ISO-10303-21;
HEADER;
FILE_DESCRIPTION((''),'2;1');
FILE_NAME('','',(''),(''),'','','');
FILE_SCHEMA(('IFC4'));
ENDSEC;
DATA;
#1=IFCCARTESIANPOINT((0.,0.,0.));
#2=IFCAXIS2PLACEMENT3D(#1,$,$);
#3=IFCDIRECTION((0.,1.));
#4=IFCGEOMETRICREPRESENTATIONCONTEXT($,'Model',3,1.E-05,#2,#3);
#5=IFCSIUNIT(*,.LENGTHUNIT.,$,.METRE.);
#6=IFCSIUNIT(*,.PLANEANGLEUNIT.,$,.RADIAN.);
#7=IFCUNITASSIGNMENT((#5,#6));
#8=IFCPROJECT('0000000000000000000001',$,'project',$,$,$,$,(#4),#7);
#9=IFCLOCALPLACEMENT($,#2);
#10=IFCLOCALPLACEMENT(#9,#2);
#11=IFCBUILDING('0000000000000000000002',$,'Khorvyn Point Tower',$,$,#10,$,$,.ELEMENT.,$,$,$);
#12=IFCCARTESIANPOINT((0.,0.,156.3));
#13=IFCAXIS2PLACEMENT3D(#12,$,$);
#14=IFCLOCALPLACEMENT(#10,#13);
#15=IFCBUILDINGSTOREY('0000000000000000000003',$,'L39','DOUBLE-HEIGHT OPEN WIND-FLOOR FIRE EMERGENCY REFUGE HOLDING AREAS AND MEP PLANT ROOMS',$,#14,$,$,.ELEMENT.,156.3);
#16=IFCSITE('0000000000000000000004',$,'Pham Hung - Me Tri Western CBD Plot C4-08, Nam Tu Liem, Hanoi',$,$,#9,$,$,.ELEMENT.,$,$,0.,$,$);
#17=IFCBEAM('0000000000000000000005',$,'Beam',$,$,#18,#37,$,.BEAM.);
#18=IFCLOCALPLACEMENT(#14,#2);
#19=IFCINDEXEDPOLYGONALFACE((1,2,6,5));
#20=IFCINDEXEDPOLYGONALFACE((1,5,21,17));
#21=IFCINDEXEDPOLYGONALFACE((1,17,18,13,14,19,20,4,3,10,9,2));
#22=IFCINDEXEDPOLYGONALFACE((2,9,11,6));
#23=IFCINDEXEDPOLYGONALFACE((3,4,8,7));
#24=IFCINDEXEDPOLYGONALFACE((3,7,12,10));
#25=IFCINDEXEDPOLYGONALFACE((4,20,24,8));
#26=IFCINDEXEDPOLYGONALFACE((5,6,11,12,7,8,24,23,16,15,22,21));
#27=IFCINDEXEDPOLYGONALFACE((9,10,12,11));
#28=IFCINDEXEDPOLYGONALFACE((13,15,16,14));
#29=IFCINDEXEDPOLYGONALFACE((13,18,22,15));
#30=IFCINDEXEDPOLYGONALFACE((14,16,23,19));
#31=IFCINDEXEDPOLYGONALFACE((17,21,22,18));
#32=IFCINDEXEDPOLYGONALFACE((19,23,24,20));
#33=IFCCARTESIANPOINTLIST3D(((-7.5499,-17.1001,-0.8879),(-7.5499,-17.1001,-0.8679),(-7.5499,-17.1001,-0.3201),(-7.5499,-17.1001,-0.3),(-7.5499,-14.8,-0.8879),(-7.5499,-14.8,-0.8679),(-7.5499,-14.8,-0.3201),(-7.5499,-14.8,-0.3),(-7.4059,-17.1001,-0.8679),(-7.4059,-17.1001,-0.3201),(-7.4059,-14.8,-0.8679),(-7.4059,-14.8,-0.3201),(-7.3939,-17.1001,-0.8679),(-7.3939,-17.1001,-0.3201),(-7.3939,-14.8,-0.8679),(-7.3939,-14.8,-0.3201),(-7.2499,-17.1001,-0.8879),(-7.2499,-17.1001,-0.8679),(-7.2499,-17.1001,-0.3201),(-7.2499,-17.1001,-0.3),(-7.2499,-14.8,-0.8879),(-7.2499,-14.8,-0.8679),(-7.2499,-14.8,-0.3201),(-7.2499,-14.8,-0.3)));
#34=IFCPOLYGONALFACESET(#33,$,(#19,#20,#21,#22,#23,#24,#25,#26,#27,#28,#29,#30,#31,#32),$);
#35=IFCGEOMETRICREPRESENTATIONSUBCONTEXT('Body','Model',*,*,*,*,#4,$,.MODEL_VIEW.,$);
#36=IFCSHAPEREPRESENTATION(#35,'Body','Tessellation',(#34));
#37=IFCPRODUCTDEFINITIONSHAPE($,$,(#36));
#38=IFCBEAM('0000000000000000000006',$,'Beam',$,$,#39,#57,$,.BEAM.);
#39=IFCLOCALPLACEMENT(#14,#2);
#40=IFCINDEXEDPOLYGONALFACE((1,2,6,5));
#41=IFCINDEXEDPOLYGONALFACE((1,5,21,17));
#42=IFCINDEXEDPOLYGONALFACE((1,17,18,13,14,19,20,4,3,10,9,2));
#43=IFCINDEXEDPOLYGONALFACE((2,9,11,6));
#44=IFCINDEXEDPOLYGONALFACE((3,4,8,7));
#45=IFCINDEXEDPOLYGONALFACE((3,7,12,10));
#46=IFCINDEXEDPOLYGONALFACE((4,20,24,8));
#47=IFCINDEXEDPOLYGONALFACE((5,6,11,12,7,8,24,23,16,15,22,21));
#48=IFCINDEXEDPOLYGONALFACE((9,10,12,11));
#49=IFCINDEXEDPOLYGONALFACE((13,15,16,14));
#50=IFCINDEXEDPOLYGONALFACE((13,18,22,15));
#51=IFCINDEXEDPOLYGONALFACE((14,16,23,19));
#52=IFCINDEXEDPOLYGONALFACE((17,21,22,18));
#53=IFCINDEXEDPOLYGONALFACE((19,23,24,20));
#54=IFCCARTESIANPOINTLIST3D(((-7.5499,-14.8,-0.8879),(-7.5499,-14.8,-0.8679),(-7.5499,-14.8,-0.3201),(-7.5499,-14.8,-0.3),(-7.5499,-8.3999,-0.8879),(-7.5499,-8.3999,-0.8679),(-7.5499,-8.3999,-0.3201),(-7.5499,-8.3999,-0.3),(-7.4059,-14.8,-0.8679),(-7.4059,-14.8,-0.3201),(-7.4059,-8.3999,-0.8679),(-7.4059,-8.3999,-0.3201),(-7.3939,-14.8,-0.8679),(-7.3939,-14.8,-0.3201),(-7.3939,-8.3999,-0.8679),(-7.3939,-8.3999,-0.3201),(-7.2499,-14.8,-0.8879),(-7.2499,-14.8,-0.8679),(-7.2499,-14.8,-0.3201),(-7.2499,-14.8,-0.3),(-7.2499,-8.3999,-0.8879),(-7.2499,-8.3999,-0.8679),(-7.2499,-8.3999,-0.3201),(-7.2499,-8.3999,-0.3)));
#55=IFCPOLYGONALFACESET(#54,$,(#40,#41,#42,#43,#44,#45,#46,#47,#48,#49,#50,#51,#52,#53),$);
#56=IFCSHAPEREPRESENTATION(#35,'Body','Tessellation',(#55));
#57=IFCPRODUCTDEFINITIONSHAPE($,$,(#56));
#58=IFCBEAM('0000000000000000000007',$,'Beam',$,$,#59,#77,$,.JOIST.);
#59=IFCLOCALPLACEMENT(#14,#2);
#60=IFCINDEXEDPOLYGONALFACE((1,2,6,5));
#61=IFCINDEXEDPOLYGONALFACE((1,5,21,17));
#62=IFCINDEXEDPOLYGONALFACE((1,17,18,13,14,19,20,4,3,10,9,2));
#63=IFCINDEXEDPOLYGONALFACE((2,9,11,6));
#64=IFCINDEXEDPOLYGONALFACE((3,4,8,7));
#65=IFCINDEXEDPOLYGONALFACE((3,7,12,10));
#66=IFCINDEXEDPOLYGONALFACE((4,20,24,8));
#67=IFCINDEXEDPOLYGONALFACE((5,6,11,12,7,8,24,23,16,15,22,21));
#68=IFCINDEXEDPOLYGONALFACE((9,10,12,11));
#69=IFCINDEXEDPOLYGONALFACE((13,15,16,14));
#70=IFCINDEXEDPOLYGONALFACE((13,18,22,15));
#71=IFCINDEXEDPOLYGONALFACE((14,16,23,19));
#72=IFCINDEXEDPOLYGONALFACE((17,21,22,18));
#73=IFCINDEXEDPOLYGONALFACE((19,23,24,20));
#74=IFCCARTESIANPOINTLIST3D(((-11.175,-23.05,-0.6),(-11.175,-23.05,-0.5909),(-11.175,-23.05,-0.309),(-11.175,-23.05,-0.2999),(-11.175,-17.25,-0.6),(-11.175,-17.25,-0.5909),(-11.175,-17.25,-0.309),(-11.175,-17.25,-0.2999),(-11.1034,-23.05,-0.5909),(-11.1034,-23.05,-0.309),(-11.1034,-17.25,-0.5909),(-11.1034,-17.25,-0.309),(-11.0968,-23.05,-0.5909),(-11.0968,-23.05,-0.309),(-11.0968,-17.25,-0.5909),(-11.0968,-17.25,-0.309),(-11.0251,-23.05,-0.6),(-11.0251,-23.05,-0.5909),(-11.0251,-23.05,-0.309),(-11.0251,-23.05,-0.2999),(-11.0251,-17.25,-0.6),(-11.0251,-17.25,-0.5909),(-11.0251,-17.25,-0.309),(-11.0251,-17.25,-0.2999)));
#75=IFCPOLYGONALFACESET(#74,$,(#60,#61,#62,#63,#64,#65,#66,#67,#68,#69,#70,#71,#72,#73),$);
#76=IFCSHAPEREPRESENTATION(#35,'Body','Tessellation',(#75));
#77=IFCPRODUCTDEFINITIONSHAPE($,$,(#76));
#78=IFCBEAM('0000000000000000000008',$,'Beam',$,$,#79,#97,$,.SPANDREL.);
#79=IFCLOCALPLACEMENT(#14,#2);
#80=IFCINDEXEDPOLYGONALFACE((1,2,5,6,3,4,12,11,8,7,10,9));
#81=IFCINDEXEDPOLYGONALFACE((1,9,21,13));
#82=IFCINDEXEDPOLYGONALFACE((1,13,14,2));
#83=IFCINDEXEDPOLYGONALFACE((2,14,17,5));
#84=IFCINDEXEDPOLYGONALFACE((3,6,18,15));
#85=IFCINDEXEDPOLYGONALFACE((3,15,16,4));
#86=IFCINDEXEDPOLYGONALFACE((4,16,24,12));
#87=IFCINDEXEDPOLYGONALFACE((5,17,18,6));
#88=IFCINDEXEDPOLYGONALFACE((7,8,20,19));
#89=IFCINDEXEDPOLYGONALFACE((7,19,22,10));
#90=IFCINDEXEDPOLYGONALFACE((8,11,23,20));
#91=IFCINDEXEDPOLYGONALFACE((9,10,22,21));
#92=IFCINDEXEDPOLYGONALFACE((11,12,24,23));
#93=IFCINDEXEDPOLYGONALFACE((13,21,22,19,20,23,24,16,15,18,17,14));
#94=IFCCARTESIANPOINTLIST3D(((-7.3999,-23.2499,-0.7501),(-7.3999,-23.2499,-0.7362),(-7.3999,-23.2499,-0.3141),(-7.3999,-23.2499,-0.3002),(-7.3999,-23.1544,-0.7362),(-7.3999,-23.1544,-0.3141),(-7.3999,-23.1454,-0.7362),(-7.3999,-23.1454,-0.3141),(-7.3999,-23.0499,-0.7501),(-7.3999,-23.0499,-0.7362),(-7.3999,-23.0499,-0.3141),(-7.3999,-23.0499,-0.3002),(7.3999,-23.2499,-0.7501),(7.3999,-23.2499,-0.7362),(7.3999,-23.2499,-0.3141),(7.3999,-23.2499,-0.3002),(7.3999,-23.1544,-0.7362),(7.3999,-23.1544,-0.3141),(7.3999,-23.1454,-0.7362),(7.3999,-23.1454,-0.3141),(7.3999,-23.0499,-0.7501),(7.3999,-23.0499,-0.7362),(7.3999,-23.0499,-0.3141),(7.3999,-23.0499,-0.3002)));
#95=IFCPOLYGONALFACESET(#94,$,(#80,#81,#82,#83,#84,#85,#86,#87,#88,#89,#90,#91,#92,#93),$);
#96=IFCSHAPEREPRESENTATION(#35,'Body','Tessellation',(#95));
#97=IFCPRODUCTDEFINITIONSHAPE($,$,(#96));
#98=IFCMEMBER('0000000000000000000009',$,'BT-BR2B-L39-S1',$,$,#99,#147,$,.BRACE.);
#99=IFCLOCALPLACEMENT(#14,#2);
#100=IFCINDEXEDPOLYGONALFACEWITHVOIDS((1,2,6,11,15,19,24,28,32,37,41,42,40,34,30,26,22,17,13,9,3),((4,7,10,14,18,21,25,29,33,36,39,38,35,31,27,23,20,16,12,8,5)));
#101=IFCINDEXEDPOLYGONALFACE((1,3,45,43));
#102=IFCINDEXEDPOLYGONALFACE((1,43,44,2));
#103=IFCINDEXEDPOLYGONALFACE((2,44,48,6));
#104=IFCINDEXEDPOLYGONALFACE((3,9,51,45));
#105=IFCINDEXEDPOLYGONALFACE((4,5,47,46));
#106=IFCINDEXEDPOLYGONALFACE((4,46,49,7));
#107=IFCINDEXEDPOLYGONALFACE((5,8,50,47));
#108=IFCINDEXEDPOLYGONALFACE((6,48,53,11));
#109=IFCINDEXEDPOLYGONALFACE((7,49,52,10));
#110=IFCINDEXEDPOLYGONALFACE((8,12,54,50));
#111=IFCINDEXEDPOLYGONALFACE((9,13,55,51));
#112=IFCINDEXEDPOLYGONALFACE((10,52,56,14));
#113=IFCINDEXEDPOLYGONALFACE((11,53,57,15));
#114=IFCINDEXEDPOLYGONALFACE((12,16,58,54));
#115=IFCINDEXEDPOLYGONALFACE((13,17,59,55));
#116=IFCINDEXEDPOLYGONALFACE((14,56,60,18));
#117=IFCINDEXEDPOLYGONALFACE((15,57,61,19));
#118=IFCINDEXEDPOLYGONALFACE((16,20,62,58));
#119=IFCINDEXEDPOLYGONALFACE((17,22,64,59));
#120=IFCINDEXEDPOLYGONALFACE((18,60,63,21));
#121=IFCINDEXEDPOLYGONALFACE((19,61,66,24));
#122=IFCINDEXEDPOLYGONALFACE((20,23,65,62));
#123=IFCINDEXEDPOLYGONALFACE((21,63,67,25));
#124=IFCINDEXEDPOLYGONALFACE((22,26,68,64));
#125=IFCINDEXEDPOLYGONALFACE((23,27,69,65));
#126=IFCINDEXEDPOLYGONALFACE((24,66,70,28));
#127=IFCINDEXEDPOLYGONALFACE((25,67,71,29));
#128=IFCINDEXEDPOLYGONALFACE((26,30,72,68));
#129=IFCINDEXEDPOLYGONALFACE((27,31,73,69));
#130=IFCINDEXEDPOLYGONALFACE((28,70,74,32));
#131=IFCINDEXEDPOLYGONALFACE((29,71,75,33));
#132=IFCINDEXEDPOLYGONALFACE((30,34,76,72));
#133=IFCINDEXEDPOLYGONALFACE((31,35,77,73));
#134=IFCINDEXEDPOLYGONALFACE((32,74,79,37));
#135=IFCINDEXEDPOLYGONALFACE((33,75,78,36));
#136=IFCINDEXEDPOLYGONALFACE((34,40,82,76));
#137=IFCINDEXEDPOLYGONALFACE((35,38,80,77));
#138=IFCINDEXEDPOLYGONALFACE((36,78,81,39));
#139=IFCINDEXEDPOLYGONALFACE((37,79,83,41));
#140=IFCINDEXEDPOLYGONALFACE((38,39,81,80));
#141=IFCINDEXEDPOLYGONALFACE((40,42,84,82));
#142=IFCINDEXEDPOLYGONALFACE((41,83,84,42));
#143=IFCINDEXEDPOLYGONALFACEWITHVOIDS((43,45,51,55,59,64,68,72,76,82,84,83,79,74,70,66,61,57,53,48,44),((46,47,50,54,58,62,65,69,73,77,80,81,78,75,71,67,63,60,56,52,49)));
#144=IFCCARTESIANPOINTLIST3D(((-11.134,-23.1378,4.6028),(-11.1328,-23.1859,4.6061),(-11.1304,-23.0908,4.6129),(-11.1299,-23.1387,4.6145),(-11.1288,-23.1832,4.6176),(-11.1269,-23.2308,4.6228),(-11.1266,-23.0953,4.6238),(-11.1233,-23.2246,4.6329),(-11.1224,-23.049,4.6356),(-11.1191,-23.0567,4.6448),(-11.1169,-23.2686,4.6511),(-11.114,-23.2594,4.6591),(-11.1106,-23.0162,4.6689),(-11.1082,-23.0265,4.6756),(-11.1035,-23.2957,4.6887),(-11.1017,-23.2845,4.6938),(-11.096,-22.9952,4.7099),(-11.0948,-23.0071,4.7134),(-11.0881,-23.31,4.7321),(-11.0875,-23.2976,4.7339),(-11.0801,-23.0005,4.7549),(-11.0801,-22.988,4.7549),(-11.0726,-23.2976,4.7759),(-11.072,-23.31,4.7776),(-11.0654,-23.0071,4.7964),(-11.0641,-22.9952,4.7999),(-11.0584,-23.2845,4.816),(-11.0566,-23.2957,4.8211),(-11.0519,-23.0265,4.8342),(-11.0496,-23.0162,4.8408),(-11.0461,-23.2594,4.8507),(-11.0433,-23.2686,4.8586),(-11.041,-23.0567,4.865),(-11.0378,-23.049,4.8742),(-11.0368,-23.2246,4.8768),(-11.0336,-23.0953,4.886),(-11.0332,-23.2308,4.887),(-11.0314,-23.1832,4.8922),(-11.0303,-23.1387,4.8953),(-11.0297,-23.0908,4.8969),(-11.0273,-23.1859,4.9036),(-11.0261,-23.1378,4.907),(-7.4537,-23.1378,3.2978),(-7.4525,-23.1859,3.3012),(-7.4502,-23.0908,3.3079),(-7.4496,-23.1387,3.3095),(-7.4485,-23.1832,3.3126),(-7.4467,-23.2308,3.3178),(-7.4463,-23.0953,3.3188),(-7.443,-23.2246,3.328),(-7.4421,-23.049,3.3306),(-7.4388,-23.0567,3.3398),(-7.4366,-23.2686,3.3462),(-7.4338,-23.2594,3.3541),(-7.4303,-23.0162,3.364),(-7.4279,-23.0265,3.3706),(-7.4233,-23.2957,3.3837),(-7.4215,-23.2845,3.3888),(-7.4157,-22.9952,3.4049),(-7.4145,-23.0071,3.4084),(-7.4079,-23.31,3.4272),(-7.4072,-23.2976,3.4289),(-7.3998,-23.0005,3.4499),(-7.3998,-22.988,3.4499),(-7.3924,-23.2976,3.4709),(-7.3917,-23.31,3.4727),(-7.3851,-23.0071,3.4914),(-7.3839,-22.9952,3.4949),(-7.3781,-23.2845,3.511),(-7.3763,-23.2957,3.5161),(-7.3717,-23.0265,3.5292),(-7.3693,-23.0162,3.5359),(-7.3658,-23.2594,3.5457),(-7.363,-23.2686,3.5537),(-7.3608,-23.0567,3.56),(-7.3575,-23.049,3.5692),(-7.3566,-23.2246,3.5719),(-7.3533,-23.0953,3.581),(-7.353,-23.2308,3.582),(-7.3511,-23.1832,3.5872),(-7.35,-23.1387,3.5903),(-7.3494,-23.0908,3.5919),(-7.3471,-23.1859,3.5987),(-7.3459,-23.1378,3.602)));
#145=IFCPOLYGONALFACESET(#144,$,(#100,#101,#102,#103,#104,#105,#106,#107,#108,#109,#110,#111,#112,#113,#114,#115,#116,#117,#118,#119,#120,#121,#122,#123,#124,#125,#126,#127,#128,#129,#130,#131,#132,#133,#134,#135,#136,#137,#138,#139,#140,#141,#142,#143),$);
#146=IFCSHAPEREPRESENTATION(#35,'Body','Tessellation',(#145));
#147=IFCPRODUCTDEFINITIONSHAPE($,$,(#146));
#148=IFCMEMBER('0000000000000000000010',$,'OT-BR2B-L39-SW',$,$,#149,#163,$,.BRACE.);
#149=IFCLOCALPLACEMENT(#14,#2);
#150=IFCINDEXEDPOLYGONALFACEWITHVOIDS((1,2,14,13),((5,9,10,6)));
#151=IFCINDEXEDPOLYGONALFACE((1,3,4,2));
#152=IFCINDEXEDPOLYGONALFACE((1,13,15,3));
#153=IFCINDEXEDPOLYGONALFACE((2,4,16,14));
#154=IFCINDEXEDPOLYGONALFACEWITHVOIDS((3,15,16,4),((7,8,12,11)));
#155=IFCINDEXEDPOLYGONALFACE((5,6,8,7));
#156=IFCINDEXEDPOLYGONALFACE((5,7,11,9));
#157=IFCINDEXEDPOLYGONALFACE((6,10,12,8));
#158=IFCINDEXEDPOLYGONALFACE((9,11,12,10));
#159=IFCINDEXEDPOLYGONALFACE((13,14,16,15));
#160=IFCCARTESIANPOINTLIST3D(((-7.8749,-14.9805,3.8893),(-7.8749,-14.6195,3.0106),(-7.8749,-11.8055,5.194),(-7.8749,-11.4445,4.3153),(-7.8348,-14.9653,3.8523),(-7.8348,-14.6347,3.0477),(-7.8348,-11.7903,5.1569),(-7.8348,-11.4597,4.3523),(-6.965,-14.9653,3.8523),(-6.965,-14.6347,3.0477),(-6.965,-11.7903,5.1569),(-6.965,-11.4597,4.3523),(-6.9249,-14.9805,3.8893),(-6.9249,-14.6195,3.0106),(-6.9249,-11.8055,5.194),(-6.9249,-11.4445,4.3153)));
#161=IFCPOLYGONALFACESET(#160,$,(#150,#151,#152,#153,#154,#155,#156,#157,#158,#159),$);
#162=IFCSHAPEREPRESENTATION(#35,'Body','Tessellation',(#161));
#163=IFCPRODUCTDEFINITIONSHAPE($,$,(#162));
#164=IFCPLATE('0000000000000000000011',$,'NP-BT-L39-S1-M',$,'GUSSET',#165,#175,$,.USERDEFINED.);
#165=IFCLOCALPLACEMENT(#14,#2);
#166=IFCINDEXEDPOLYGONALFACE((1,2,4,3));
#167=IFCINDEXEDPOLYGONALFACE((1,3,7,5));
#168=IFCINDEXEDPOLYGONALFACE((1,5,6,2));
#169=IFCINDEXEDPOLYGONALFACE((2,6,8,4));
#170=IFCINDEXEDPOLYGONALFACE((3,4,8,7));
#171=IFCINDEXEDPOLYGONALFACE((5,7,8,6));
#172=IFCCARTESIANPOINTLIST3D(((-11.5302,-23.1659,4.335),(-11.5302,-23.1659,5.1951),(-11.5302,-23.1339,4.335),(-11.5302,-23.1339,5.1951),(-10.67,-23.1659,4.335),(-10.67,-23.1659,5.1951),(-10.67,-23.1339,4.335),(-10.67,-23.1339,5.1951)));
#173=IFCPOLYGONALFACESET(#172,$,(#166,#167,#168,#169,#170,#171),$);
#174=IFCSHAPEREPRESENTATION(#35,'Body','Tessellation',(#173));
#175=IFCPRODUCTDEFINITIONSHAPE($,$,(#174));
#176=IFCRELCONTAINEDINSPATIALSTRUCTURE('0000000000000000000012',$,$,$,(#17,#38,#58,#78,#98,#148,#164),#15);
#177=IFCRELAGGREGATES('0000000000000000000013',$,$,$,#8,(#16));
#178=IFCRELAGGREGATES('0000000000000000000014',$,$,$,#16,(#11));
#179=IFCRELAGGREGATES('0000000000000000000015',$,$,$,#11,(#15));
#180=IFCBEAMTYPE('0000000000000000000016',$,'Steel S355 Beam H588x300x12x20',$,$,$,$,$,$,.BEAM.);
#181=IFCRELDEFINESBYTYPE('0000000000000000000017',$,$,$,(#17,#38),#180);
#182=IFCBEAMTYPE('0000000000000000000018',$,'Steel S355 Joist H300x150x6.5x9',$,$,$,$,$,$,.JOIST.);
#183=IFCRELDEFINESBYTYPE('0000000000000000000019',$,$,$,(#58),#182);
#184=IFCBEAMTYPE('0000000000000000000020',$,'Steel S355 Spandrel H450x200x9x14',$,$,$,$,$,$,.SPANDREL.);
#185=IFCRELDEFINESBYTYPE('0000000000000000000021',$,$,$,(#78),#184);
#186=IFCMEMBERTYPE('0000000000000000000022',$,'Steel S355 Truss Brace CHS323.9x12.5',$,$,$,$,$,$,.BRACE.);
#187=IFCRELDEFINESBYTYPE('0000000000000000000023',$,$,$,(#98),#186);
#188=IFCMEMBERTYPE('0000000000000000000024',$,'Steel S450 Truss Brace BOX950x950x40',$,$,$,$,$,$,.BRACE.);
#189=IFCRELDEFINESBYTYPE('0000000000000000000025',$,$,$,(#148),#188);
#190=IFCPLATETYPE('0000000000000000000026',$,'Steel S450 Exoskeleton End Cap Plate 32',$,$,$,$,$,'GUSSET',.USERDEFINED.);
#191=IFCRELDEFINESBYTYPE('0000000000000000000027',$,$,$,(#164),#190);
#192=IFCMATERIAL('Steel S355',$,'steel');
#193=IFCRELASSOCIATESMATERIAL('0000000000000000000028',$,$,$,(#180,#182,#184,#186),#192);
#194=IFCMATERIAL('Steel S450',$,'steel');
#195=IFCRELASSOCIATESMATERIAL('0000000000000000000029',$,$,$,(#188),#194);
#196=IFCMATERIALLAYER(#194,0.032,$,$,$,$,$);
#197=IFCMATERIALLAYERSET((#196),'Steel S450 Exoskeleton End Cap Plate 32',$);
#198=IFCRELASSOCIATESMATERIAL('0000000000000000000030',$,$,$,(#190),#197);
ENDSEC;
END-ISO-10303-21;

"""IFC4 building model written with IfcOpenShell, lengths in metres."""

from ifc_helpers import new_model, si_unit, direction, frame, origin, origin_2d, place, context, subcontext, project, spatial, rectangle, hollow_rectangle, hollow_circle, i_section, extrude, material, layer, layer_set, material_profile, profile_set, type_object, element, save


model = new_model("IFC4")

# Units and contexts
model_context = context("Model", 3, precision=1e-05, world=origin(), true_north=direction((0.0, 1.0)))
body_context = subcontext(model_context, "Body", "Model", "MODEL_VIEW")
ifc_project = project(units=[si_unit("LENGTHUNIT", "METRE"), si_unit("PLANEANGLEUNIT", "RADIAN")], contexts=[model_context])

# Site, building, storey
site_placement = place(None, origin())
site = spatial("IfcSite", under=ifc_project, at=site_placement, Name="Pham Hung - Me Tri Western CBD Plot C4-08, Nam Tu Liem, Hanoi", CompositionType="ELEMENT", RefElevation=0.0)
building_placement = place(site_placement, origin())
building = spatial("IfcBuilding", under=site, at=building_placement, Name="Khorvyn Point Tower", CompositionType="ELEMENT")
storey_placement = place(building_placement, frame((0.0, 0.0, 156.3)))
storey = spatial("IfcBuildingStorey", under=building, at=storey_placement, Name="L39", Description="DOUBLE-HEIGHT OPEN WIND-FLOOR FIRE EMERGENCY REFUGE HOLDING AREAS AND MEP PLANT ROOMS", CompositionType="ELEMENT", Elevation=156.3)

# Shared definitions
ifc_material_1 = material(Name="Steel S450", Category="steel")

# Beams
ifc_material_2 = material(Name="Steel S355", Category="steel")
ifc_material_profile_1 = material_profile(ifc_material_2, i_section(OverallWidth=0.3, OverallDepth=0.5879, WebThickness=0.012, FlangeThickness=0.02, at=origin_2d()))
ifc_profile_set_1 = profile_set([ifc_material_profile_1], Name="Steel S355 H588x300x12x20")
beam_type_1 = type_object("IfcBeamType", Name="Steel S355 Beam H588x300x12x20", PredefinedType="BEAM", material=ifc_profile_set_1)
beam_1_placement = place(storey_placement, frame((-7.3999, -17.1001, -0.594), z_axis=(0.0, 1.0, 0.0), x_axis=(-1.0, 0.0, 0.0)))
element("IfcBeam", 1, at=beam_1_placement, inside=storey, type_object=beam_type_1, Name="Beam", PredefinedType="BEAM", context=body_context, shape_type="SweptSolid", body=[
    extrude(i_section(OverallWidth=0.3, OverallDepth=0.5879, WebThickness=0.012, FlangeThickness=0.02, at=origin_2d()), origin(), (0.0, 0.0, 1.0), 2.3),
])
beam_2_placement = place(storey_placement, frame((-7.3999, -14.8, -0.594), z_axis=(0.0, 1.0, 0.0), x_axis=(-1.0, 0.0, 0.0)))
element("IfcBeam", 2, at=beam_2_placement, inside=storey, type_object=beam_type_1, Name="Beam", PredefinedType="BEAM", context=body_context, shape_type="SweptSolid", body=[
    extrude(i_section(OverallWidth=0.3, OverallDepth=0.5879, WebThickness=0.012, FlangeThickness=0.02, at=origin_2d()), origin(), (0.0, 0.0, 1.0), 6.4001),
])
ifc_material_profile_2 = material_profile(ifc_material_2, i_section(OverallWidth=0.1499, OverallDepth=0.3, WebThickness=0.0066, FlangeThickness=0.009, at=origin_2d()))
ifc_profile_set_2 = profile_set([ifc_material_profile_2], Name="Steel S355 H300x150x6.5x9")
beam_type_2 = type_object("IfcBeamType", Name="Steel S355 Joist H300x150x6.5x9", PredefinedType="JOIST", material=ifc_profile_set_2)
beam_3_placement = place(storey_placement, frame((-11.1001, -23.05, -0.45), z_axis=(0.0, 1.0, 0.0), x_axis=(-1.0, 0.0, 0.0)))
element("IfcBeam", 3, at=beam_3_placement, inside=storey, type_object=beam_type_2, Name="Beam", PredefinedType="JOIST", context=body_context, shape_type="SweptSolid", body=[
    extrude(i_section(OverallWidth=0.1499, OverallDepth=0.3, WebThickness=0.0066, FlangeThickness=0.009, at=origin_2d()), origin(), (0.0, 0.0, 1.0), 5.8),
])
ifc_material_profile_3 = material_profile(ifc_material_2, i_section(OverallWidth=0.2, OverallDepth=0.45, WebThickness=0.009, FlangeThickness=0.0139, at=origin_2d()))
ifc_profile_set_3 = profile_set([ifc_material_profile_3], Name="Steel S355 H450x200x9x14")
beam_type_3 = type_object("IfcBeamType", Name="Steel S355 Spandrel H450x200x9x14", PredefinedType="SPANDREL", material=ifc_profile_set_3)
beam_4_placement = place(storey_placement, frame((-7.3999, -23.1499, -0.5251), z_axis=(1.0, 0.0, 0.0), x_axis=(0.0, 1.0, 0.0)))
element("IfcBeam", 4, at=beam_4_placement, inside=storey, type_object=beam_type_3, Name="Beam", PredefinedType="SPANDREL", context=body_context, shape_type="SweptSolid", body=[
    extrude(i_section(OverallWidth=0.2, OverallDepth=0.45, WebThickness=0.009, FlangeThickness=0.0139, at=origin_2d()), origin(), (0.0, 0.0, 1.0), 14.7998),
])

# Members
ifc_material_profile_4 = material_profile(ifc_material_2, hollow_circle(Radius=0.1619, WallThickness=0.0125, at=origin_2d()))
ifc_profile_set_4 = profile_set([ifc_material_profile_4], Name="Steel S355 CHS323.9x12.5")
member_type_1 = type_object("IfcMemberType", Name="Steel S355 Truss Brace CHS323.9x12.5", PredefinedType="BRACE", material=ifc_profile_set_4)
member_1_placement = place(storey_placement, frame((-11.0801, -23.1499, 4.7549), z_axis=(0.942503, 0.0, -0.334197), x_axis=(0.0, 1.0, 0.0)))
element("IfcMember", 5, at=member_1_placement, inside=storey, type_object=member_type_1, Name="BT-BR2B-L39-S1", PredefinedType="BRACE", context=body_context, shape_type="SweptSolid", body=[
    extrude(hollow_circle(Radius=0.1619, WallThickness=0.0125, at=origin_2d()), origin(), (0.0, 0.0, 1.0), 3.9048),
])
ifc_material_profile_5 = material_profile(ifc_material_1, hollow_rectangle(XDim=0.95, YDim=0.95, WallThickness=0.04, at=origin_2d()))
ifc_profile_set_5 = profile_set([ifc_material_profile_5], Name="Steel S450 BOX950x950x40")
member_type_2 = type_object("IfcMemberType", Name="Steel S450 Truss Brace BOX950x950x40", PredefinedType="BRACE", material=ifc_profile_set_5)
member_2_placement = place(storey_placement, frame((-7.3999, -11.625, 4.7546), z_axis=(0.0, -0.924953, -0.380081), x_axis=(1.0, 0.0, 0.0)))
element("IfcMember", 6, at=member_2_placement, inside=storey, type_object=member_type_2, Name="OT-BR2B-L39-SW", PredefinedType="BRACE", context=body_context, shape_type="SweptSolid", body=[
    extrude(hollow_rectangle(XDim=0.95, YDim=0.95, WallThickness=0.04, at=origin_2d()), origin(), (0.0, 0.0, 1.0), 3.4326),
])

# Plate
ifc_layer_1 = layer(ifc_material_1, 0.032)
ifc_layer_set_1 = layer_set([ifc_layer_1], Name="Steel S450 Exoskeleton End Cap Plate 32")
plate_type_1 = type_object("IfcPlateType", Name="Steel S450 Exoskeleton End Cap Plate 32", ElementType="GUSSET", PredefinedType="USERDEFINED", material=ifc_layer_set_1)
plate_placement = place(storey_placement, frame((-11.1001, -23.1499, 4.335), z_axis=(0.0, 0.0, 1.0), x_axis=(1.0, 0.0, 0.0)))
element("IfcPlate", 7, at=plate_placement, inside=storey, type_object=plate_type_1, Name="NP-BT-L39-S1-M", ObjectType="GUSSET", PredefinedType="USERDEFINED", context=body_context, shape_type="SweptSolid", body=[
    extrude(rectangle(XDim=0.8601, YDim=0.032, at=origin_2d()), origin(), (0.0, 0.0, 1.0), 0.8601),
])

save(model, "model.ifc")
